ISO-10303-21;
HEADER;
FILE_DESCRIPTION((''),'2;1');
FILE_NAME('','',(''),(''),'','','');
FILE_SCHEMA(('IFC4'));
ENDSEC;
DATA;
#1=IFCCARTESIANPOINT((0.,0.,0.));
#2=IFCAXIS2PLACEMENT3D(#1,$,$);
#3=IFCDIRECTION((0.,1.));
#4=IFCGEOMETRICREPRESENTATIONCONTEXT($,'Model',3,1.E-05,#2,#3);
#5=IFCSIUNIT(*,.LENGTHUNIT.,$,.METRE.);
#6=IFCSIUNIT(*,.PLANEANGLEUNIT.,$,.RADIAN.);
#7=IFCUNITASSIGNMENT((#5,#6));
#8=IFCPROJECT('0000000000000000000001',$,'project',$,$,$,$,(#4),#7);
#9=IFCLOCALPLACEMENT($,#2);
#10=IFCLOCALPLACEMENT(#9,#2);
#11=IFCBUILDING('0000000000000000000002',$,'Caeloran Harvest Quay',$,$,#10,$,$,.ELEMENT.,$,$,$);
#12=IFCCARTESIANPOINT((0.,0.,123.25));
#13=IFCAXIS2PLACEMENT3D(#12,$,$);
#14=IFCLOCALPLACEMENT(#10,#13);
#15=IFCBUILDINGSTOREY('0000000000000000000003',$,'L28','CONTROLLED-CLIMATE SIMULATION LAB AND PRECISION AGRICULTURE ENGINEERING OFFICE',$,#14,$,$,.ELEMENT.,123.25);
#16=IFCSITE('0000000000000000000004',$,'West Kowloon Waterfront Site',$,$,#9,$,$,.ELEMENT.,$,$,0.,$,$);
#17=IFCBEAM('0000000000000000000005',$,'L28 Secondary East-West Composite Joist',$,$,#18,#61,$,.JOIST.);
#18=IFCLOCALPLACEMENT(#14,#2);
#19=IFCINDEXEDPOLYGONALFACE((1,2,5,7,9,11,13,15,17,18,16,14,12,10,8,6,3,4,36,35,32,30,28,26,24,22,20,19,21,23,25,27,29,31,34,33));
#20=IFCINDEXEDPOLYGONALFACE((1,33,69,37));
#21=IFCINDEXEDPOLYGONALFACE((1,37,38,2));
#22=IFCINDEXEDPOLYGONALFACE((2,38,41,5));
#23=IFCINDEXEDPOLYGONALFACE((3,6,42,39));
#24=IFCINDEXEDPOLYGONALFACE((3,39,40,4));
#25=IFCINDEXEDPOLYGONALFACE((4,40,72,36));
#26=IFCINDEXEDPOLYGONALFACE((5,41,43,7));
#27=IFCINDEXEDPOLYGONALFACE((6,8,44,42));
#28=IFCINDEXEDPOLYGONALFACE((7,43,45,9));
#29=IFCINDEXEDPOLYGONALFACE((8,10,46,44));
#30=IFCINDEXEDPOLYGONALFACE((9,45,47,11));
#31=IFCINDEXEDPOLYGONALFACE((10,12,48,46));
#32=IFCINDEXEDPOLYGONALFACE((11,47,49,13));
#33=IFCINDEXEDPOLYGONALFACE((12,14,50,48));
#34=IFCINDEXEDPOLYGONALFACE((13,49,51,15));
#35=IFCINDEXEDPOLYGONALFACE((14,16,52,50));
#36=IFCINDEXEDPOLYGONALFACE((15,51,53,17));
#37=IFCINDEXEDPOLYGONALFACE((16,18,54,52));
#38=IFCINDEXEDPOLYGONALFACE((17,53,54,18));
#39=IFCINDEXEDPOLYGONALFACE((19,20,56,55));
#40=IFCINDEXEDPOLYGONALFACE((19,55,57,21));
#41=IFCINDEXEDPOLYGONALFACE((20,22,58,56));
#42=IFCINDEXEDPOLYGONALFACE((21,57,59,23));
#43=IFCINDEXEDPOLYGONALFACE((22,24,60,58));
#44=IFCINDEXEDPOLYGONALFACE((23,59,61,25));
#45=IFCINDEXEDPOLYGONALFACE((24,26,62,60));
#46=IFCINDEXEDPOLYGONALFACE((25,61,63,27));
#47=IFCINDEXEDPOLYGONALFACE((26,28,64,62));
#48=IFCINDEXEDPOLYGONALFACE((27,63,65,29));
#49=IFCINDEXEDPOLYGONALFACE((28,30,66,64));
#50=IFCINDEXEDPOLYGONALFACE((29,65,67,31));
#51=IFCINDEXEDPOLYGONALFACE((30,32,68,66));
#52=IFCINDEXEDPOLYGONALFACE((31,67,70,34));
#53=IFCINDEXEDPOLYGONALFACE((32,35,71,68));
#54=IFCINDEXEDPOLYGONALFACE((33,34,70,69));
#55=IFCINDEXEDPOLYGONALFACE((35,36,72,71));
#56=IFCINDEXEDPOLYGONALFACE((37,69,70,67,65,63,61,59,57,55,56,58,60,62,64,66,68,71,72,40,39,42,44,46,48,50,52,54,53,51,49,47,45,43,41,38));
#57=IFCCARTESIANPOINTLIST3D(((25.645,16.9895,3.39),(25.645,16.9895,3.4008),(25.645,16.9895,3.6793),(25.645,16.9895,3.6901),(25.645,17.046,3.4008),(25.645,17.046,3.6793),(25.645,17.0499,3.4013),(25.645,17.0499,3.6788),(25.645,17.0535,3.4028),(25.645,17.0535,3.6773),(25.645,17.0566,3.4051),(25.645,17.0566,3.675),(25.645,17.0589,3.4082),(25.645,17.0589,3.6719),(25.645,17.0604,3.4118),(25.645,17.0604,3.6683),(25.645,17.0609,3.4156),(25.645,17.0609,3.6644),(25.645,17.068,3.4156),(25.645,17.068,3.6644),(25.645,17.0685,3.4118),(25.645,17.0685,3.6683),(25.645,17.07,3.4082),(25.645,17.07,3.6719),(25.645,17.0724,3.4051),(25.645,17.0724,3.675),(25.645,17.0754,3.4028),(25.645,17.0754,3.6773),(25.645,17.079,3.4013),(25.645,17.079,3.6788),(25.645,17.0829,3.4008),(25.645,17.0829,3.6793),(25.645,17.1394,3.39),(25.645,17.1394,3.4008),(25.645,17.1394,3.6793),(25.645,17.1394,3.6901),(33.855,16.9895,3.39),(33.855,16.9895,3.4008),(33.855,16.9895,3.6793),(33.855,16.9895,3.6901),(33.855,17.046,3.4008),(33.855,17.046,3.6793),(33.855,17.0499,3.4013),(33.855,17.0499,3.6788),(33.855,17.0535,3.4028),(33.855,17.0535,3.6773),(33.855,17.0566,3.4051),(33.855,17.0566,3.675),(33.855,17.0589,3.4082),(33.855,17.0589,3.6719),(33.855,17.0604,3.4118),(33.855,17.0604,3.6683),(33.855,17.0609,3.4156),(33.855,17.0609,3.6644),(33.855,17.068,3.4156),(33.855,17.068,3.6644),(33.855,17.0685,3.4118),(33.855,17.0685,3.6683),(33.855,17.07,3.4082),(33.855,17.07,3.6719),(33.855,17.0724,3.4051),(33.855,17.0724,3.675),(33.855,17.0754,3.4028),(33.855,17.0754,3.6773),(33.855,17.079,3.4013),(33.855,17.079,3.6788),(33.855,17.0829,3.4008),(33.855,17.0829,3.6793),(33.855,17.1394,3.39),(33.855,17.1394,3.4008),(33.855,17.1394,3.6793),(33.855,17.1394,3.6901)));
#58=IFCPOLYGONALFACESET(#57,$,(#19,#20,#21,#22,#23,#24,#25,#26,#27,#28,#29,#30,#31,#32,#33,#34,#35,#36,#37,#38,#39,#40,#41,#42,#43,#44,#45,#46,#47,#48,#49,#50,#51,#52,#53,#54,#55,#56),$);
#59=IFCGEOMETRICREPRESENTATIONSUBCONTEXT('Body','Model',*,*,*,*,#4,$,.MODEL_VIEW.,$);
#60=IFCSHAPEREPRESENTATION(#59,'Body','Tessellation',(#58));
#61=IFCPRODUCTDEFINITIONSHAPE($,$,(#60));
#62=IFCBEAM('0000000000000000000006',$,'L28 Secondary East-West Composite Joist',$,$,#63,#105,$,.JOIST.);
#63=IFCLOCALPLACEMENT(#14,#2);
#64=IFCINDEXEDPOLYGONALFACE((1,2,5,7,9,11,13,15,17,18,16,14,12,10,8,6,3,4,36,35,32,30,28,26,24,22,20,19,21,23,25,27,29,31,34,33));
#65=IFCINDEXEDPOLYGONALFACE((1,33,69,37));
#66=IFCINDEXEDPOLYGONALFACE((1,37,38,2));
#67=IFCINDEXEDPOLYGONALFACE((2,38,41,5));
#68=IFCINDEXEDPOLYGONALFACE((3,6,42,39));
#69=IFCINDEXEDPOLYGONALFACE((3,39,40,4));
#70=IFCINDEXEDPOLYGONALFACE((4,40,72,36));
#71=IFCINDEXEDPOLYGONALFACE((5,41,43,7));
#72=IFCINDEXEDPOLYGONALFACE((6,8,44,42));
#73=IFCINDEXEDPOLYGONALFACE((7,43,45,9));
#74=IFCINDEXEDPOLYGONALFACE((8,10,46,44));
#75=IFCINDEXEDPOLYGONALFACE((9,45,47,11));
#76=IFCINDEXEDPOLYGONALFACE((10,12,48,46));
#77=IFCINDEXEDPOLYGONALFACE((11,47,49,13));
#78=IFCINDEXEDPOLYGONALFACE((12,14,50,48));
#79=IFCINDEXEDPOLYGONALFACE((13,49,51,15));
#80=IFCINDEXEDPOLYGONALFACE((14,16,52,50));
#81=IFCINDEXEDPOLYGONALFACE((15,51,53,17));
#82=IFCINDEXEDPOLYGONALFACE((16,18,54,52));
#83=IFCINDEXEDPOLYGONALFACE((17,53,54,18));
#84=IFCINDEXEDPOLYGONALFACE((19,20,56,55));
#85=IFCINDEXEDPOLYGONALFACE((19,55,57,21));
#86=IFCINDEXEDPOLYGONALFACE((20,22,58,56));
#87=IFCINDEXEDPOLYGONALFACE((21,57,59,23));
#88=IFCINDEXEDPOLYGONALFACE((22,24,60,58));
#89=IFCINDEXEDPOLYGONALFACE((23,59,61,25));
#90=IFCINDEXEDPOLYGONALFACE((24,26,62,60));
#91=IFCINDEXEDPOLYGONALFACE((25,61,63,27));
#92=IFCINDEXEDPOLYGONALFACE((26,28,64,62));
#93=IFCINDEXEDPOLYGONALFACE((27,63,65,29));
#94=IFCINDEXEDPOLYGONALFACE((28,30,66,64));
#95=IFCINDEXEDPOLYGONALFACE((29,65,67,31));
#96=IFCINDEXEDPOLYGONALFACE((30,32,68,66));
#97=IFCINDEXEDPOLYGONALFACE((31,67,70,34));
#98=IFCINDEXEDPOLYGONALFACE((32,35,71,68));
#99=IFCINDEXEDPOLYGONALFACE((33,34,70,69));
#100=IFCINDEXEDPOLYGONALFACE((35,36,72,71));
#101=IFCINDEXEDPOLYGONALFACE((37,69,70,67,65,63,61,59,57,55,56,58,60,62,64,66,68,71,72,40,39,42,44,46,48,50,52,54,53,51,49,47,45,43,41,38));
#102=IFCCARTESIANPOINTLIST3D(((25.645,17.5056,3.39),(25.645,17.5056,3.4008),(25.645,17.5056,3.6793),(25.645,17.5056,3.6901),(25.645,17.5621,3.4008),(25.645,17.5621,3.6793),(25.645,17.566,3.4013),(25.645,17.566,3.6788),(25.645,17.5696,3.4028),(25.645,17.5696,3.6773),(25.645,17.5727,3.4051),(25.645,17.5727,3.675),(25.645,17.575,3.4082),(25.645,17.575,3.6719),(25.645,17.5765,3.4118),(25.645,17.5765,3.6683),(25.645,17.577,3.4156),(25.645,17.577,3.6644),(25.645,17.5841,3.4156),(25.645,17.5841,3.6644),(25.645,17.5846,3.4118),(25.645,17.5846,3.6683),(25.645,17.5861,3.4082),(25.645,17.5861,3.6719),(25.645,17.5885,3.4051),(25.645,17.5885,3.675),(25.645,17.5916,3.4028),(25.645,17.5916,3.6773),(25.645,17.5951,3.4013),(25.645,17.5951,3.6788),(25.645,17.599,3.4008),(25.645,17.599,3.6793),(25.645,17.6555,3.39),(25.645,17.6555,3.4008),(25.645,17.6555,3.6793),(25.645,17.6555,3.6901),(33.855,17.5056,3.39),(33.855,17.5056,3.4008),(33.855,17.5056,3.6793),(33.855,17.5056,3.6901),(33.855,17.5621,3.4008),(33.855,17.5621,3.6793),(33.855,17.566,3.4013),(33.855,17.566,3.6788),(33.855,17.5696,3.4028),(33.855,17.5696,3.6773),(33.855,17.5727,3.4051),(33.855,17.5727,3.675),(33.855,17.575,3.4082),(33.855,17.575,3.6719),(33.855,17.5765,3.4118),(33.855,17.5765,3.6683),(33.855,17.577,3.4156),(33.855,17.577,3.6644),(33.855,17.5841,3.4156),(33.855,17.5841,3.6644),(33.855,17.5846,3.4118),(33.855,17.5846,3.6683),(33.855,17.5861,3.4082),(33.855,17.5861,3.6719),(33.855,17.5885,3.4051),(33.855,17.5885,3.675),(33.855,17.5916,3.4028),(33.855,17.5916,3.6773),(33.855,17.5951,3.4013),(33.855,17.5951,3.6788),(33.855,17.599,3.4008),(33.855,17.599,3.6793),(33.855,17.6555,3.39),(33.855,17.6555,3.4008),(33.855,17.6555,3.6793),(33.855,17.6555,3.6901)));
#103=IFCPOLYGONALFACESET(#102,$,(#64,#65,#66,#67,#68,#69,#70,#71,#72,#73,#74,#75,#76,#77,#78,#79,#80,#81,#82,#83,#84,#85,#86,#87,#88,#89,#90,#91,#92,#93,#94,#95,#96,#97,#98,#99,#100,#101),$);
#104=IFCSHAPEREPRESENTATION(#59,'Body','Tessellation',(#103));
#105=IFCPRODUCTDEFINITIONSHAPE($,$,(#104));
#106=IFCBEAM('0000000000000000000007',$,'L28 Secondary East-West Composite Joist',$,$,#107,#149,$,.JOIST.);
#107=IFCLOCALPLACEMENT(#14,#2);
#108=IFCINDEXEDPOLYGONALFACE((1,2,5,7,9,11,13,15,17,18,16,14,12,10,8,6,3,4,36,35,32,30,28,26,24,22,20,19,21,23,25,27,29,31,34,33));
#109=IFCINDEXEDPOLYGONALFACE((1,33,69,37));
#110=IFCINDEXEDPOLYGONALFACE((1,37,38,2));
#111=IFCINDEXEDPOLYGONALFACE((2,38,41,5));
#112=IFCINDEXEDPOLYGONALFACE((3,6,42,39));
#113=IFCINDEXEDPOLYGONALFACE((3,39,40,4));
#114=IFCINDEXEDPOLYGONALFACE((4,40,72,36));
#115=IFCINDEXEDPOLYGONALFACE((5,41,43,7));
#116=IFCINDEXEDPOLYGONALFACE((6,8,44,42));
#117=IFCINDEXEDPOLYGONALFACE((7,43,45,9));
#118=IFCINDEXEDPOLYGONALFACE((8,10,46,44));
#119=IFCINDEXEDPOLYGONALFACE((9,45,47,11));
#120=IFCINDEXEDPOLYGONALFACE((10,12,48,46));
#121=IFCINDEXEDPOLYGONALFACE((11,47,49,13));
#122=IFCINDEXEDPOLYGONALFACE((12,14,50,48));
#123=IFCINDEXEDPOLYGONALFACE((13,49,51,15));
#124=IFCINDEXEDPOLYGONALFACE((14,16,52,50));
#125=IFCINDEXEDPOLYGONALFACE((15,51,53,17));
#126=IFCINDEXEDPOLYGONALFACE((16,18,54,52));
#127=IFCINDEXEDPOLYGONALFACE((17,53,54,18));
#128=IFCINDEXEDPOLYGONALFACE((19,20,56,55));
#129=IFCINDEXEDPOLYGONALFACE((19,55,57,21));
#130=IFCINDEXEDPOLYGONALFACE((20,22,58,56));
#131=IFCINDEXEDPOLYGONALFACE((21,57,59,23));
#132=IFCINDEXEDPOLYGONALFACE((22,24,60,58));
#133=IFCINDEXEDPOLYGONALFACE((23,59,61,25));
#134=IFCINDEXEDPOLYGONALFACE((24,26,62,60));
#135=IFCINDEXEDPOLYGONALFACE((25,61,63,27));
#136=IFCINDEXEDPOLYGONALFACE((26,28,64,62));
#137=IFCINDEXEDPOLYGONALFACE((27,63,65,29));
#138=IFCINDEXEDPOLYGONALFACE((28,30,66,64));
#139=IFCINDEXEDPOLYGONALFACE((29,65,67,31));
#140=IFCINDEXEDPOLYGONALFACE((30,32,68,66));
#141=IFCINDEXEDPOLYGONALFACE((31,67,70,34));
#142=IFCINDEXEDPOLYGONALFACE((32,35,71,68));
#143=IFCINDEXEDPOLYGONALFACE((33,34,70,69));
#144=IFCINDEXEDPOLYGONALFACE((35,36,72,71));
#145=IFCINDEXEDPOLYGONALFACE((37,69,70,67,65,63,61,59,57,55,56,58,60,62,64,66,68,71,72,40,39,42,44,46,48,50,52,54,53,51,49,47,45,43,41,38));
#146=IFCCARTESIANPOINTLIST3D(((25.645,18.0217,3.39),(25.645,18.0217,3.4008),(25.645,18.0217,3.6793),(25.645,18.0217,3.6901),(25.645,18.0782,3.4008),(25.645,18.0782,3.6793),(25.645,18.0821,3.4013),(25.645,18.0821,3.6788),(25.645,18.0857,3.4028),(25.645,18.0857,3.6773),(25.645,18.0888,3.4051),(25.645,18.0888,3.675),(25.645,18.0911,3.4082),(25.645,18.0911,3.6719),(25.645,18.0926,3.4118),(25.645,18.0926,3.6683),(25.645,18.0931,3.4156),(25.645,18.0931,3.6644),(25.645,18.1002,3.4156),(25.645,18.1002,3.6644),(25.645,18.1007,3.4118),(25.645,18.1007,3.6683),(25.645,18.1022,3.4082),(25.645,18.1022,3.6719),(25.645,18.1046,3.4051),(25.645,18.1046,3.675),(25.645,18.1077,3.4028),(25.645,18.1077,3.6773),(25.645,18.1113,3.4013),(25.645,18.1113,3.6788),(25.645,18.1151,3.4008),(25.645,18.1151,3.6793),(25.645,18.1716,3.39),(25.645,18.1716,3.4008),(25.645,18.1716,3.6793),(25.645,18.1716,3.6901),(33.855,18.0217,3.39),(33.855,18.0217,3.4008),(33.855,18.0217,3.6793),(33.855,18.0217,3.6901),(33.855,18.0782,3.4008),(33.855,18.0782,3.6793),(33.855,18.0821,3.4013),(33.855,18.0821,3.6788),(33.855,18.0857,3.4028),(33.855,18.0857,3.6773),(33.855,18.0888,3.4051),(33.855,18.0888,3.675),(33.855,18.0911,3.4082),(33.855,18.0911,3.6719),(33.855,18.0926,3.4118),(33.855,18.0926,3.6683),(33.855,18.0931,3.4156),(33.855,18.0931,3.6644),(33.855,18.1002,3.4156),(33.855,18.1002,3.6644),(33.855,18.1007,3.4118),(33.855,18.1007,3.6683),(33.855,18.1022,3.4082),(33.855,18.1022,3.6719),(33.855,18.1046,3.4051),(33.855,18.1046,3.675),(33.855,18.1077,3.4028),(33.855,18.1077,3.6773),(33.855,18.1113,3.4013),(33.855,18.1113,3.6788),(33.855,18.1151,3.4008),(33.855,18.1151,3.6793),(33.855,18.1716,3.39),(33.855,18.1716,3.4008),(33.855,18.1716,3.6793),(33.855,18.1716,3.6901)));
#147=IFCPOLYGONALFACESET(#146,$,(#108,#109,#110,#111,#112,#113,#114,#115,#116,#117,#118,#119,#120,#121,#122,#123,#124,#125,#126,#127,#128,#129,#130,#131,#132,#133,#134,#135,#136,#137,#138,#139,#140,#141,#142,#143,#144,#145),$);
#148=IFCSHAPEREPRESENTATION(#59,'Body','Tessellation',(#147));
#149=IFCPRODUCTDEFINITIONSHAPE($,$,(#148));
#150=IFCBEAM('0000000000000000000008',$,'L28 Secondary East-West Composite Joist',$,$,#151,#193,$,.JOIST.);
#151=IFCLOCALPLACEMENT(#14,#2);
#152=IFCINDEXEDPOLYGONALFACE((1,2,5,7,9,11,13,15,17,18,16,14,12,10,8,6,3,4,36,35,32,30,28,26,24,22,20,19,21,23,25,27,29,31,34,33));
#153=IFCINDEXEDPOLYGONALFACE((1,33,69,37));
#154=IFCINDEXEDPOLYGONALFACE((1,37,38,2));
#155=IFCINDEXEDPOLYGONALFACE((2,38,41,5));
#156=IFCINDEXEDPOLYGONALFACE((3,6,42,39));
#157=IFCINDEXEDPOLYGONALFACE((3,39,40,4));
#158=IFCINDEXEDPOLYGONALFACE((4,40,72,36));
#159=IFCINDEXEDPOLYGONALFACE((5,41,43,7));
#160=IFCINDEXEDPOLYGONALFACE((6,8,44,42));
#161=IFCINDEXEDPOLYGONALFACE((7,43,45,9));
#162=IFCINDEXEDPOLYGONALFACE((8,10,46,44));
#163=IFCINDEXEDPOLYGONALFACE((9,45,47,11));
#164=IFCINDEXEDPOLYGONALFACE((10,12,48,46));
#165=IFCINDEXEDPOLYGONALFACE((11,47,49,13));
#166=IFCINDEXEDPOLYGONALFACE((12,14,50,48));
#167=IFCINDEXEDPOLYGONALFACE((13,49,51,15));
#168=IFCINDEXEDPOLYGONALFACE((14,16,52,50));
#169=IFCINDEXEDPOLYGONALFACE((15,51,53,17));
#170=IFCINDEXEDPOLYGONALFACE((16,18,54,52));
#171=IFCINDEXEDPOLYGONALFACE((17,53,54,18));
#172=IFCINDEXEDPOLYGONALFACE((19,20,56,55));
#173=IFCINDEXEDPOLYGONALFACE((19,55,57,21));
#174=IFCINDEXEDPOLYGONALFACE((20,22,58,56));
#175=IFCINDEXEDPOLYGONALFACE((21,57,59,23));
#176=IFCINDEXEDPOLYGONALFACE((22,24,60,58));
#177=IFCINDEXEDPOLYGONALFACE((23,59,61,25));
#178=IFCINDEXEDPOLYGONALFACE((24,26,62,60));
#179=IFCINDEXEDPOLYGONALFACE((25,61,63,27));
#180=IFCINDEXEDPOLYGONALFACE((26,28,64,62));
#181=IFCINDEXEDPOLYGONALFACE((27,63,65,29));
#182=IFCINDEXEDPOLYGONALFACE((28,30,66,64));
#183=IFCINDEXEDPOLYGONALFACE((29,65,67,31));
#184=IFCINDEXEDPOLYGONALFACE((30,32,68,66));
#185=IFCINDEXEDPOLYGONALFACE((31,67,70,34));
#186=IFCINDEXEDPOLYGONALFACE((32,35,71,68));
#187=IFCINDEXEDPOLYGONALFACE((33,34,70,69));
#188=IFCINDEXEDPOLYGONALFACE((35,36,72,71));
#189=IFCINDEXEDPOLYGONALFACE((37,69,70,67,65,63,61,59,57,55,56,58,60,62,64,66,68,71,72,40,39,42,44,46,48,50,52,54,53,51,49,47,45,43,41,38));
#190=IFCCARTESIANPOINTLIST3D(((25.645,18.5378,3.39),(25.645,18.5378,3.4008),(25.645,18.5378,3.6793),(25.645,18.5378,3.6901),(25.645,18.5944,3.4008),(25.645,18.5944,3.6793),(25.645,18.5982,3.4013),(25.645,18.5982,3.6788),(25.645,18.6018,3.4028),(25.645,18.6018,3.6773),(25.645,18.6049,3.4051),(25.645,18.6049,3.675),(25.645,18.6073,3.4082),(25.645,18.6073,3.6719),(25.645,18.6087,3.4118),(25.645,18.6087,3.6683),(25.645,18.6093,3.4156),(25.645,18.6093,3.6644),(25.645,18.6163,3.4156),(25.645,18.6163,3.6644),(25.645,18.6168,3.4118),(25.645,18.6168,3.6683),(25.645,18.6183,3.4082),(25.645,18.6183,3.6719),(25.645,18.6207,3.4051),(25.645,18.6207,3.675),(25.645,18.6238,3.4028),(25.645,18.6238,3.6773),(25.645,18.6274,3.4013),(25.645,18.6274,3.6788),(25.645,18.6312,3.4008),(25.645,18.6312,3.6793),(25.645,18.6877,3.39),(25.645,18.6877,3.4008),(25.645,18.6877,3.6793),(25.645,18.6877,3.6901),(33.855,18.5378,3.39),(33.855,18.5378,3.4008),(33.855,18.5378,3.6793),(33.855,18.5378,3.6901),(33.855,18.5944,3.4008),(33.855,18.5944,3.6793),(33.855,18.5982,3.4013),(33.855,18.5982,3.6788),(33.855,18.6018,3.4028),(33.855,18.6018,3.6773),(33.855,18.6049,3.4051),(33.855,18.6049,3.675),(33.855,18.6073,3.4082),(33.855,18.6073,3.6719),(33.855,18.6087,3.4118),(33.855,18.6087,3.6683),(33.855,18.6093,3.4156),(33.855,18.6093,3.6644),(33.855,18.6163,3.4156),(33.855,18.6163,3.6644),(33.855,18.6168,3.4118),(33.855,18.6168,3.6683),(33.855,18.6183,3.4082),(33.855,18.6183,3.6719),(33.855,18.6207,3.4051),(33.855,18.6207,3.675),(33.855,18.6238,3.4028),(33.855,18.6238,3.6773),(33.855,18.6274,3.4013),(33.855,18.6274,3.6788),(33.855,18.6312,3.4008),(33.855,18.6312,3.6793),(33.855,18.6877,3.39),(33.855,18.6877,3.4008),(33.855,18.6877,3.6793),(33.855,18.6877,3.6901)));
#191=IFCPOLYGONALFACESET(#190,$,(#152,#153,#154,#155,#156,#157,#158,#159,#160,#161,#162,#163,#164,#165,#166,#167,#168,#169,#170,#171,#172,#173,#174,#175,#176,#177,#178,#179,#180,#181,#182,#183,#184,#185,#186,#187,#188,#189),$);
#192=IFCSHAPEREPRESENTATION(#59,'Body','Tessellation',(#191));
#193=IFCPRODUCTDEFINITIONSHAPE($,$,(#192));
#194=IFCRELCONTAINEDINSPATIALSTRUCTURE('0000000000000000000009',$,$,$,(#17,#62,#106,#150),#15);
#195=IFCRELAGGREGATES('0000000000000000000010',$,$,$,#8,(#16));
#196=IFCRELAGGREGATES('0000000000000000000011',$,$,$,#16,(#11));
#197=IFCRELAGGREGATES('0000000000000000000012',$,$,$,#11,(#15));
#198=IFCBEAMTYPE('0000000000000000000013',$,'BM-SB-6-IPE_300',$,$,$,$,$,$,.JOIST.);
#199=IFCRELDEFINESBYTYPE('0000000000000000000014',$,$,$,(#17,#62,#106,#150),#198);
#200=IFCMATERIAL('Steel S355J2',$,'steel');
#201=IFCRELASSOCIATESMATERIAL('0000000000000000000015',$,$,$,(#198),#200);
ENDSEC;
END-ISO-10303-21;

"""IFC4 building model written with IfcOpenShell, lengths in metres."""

from ifc_helpers import new_model, si_unit, direction, frame, origin, origin_2d, place, context, subcontext, project, spatial, i_section, extrude, material, material_profile, profile_set, type_object, element, save


model = new_model("IFC4")

# Units and contexts
model_context = context("Model", 3, precision=1e-05, world=origin(), true_north=direction((0.0, 1.0)))
body_context = subcontext(model_context, "Body", "Model", "MODEL_VIEW")
ifc_project = project(units=[si_unit("LENGTHUNIT", "METRE"), si_unit("PLANEANGLEUNIT", "RADIAN")], contexts=[model_context])

# Site, building, storey
site_placement = place(None, origin())
site = spatial("IfcSite", under=ifc_project, at=site_placement, Name="West Kowloon Waterfront Site", CompositionType="ELEMENT", RefElevation=0.0)
building_placement = place(site_placement, origin())
building = spatial("IfcBuilding", under=site, at=building_placement, Name="Caeloran Harvest Quay", CompositionType="ELEMENT")
storey_placement = place(building_placement, frame((0.0, 0.0, 123.25)))
storey = spatial("IfcBuildingStorey", under=building, at=storey_placement, Name="L28", Description="CONTROLLED-CLIMATE SIMULATION LAB AND PRECISION AGRICULTURE ENGINEERING OFFICE", CompositionType="ELEMENT", Elevation=123.25)

# Beams
ifc_material_1 = material(Name="Steel S355J2", Category="steel")
ifc_material_profile_1 = material_profile(ifc_material_1, i_section(OverallWidth=0.1499, OverallDepth=0.3, WebThickness=0.0071, FlangeThickness=0.0107, FilletRadius=0.0149, at=origin_2d()), Name="IPE 300")
ifc_profile_set_1 = profile_set([ifc_material_profile_1], Name="Steel S355J2")
beam_type_1 = type_object("IfcBeamType", Name="BM-SB-6-IPE_300", PredefinedType="JOIST", material=ifc_profile_set_1)
for number, where, z_axis, x_axis, name in (
    (1, (25.645, 17.0645, 3.54), (1.0, 0.0, 0.0), (0.0, 1.0, 0.0), "L28 Secondary East-West Composite Joist"),
    (2, (25.645, 17.5806, 3.54), (1.0, 0.0, 0.0), (0.0, 1.0, 0.0), "L28 Secondary East-West Composite Joist"),
    (3, (25.645, 18.0967, 3.54), (1.0, 0.0, 0.0), (0.0, 1.0, 0.0), "L28 Secondary East-West Composite Joist"),
    (4, (25.645, 18.6128, 3.54), (1.0, 0.0, 0.0), (0.0, 1.0, 0.0), "L28 Secondary East-West Composite Joist"),
):
    element("IfcBeam", number, at=place(storey_placement, frame(where, z_axis=z_axis, x_axis=x_axis)), inside=storey, type_object=beam_type_1, Name=name, PredefinedType="JOIST", context=body_context, shape_type="SweptSolid", body=[
        extrude(i_section(OverallWidth=0.1499, OverallDepth=0.3, WebThickness=0.0071, FlangeThickness=0.0107, FilletRadius=0.0149, at=origin_2d()), origin(), (0.0, 0.0, 1.0), 8.21),
    ])

save(model, "model.ifc")
